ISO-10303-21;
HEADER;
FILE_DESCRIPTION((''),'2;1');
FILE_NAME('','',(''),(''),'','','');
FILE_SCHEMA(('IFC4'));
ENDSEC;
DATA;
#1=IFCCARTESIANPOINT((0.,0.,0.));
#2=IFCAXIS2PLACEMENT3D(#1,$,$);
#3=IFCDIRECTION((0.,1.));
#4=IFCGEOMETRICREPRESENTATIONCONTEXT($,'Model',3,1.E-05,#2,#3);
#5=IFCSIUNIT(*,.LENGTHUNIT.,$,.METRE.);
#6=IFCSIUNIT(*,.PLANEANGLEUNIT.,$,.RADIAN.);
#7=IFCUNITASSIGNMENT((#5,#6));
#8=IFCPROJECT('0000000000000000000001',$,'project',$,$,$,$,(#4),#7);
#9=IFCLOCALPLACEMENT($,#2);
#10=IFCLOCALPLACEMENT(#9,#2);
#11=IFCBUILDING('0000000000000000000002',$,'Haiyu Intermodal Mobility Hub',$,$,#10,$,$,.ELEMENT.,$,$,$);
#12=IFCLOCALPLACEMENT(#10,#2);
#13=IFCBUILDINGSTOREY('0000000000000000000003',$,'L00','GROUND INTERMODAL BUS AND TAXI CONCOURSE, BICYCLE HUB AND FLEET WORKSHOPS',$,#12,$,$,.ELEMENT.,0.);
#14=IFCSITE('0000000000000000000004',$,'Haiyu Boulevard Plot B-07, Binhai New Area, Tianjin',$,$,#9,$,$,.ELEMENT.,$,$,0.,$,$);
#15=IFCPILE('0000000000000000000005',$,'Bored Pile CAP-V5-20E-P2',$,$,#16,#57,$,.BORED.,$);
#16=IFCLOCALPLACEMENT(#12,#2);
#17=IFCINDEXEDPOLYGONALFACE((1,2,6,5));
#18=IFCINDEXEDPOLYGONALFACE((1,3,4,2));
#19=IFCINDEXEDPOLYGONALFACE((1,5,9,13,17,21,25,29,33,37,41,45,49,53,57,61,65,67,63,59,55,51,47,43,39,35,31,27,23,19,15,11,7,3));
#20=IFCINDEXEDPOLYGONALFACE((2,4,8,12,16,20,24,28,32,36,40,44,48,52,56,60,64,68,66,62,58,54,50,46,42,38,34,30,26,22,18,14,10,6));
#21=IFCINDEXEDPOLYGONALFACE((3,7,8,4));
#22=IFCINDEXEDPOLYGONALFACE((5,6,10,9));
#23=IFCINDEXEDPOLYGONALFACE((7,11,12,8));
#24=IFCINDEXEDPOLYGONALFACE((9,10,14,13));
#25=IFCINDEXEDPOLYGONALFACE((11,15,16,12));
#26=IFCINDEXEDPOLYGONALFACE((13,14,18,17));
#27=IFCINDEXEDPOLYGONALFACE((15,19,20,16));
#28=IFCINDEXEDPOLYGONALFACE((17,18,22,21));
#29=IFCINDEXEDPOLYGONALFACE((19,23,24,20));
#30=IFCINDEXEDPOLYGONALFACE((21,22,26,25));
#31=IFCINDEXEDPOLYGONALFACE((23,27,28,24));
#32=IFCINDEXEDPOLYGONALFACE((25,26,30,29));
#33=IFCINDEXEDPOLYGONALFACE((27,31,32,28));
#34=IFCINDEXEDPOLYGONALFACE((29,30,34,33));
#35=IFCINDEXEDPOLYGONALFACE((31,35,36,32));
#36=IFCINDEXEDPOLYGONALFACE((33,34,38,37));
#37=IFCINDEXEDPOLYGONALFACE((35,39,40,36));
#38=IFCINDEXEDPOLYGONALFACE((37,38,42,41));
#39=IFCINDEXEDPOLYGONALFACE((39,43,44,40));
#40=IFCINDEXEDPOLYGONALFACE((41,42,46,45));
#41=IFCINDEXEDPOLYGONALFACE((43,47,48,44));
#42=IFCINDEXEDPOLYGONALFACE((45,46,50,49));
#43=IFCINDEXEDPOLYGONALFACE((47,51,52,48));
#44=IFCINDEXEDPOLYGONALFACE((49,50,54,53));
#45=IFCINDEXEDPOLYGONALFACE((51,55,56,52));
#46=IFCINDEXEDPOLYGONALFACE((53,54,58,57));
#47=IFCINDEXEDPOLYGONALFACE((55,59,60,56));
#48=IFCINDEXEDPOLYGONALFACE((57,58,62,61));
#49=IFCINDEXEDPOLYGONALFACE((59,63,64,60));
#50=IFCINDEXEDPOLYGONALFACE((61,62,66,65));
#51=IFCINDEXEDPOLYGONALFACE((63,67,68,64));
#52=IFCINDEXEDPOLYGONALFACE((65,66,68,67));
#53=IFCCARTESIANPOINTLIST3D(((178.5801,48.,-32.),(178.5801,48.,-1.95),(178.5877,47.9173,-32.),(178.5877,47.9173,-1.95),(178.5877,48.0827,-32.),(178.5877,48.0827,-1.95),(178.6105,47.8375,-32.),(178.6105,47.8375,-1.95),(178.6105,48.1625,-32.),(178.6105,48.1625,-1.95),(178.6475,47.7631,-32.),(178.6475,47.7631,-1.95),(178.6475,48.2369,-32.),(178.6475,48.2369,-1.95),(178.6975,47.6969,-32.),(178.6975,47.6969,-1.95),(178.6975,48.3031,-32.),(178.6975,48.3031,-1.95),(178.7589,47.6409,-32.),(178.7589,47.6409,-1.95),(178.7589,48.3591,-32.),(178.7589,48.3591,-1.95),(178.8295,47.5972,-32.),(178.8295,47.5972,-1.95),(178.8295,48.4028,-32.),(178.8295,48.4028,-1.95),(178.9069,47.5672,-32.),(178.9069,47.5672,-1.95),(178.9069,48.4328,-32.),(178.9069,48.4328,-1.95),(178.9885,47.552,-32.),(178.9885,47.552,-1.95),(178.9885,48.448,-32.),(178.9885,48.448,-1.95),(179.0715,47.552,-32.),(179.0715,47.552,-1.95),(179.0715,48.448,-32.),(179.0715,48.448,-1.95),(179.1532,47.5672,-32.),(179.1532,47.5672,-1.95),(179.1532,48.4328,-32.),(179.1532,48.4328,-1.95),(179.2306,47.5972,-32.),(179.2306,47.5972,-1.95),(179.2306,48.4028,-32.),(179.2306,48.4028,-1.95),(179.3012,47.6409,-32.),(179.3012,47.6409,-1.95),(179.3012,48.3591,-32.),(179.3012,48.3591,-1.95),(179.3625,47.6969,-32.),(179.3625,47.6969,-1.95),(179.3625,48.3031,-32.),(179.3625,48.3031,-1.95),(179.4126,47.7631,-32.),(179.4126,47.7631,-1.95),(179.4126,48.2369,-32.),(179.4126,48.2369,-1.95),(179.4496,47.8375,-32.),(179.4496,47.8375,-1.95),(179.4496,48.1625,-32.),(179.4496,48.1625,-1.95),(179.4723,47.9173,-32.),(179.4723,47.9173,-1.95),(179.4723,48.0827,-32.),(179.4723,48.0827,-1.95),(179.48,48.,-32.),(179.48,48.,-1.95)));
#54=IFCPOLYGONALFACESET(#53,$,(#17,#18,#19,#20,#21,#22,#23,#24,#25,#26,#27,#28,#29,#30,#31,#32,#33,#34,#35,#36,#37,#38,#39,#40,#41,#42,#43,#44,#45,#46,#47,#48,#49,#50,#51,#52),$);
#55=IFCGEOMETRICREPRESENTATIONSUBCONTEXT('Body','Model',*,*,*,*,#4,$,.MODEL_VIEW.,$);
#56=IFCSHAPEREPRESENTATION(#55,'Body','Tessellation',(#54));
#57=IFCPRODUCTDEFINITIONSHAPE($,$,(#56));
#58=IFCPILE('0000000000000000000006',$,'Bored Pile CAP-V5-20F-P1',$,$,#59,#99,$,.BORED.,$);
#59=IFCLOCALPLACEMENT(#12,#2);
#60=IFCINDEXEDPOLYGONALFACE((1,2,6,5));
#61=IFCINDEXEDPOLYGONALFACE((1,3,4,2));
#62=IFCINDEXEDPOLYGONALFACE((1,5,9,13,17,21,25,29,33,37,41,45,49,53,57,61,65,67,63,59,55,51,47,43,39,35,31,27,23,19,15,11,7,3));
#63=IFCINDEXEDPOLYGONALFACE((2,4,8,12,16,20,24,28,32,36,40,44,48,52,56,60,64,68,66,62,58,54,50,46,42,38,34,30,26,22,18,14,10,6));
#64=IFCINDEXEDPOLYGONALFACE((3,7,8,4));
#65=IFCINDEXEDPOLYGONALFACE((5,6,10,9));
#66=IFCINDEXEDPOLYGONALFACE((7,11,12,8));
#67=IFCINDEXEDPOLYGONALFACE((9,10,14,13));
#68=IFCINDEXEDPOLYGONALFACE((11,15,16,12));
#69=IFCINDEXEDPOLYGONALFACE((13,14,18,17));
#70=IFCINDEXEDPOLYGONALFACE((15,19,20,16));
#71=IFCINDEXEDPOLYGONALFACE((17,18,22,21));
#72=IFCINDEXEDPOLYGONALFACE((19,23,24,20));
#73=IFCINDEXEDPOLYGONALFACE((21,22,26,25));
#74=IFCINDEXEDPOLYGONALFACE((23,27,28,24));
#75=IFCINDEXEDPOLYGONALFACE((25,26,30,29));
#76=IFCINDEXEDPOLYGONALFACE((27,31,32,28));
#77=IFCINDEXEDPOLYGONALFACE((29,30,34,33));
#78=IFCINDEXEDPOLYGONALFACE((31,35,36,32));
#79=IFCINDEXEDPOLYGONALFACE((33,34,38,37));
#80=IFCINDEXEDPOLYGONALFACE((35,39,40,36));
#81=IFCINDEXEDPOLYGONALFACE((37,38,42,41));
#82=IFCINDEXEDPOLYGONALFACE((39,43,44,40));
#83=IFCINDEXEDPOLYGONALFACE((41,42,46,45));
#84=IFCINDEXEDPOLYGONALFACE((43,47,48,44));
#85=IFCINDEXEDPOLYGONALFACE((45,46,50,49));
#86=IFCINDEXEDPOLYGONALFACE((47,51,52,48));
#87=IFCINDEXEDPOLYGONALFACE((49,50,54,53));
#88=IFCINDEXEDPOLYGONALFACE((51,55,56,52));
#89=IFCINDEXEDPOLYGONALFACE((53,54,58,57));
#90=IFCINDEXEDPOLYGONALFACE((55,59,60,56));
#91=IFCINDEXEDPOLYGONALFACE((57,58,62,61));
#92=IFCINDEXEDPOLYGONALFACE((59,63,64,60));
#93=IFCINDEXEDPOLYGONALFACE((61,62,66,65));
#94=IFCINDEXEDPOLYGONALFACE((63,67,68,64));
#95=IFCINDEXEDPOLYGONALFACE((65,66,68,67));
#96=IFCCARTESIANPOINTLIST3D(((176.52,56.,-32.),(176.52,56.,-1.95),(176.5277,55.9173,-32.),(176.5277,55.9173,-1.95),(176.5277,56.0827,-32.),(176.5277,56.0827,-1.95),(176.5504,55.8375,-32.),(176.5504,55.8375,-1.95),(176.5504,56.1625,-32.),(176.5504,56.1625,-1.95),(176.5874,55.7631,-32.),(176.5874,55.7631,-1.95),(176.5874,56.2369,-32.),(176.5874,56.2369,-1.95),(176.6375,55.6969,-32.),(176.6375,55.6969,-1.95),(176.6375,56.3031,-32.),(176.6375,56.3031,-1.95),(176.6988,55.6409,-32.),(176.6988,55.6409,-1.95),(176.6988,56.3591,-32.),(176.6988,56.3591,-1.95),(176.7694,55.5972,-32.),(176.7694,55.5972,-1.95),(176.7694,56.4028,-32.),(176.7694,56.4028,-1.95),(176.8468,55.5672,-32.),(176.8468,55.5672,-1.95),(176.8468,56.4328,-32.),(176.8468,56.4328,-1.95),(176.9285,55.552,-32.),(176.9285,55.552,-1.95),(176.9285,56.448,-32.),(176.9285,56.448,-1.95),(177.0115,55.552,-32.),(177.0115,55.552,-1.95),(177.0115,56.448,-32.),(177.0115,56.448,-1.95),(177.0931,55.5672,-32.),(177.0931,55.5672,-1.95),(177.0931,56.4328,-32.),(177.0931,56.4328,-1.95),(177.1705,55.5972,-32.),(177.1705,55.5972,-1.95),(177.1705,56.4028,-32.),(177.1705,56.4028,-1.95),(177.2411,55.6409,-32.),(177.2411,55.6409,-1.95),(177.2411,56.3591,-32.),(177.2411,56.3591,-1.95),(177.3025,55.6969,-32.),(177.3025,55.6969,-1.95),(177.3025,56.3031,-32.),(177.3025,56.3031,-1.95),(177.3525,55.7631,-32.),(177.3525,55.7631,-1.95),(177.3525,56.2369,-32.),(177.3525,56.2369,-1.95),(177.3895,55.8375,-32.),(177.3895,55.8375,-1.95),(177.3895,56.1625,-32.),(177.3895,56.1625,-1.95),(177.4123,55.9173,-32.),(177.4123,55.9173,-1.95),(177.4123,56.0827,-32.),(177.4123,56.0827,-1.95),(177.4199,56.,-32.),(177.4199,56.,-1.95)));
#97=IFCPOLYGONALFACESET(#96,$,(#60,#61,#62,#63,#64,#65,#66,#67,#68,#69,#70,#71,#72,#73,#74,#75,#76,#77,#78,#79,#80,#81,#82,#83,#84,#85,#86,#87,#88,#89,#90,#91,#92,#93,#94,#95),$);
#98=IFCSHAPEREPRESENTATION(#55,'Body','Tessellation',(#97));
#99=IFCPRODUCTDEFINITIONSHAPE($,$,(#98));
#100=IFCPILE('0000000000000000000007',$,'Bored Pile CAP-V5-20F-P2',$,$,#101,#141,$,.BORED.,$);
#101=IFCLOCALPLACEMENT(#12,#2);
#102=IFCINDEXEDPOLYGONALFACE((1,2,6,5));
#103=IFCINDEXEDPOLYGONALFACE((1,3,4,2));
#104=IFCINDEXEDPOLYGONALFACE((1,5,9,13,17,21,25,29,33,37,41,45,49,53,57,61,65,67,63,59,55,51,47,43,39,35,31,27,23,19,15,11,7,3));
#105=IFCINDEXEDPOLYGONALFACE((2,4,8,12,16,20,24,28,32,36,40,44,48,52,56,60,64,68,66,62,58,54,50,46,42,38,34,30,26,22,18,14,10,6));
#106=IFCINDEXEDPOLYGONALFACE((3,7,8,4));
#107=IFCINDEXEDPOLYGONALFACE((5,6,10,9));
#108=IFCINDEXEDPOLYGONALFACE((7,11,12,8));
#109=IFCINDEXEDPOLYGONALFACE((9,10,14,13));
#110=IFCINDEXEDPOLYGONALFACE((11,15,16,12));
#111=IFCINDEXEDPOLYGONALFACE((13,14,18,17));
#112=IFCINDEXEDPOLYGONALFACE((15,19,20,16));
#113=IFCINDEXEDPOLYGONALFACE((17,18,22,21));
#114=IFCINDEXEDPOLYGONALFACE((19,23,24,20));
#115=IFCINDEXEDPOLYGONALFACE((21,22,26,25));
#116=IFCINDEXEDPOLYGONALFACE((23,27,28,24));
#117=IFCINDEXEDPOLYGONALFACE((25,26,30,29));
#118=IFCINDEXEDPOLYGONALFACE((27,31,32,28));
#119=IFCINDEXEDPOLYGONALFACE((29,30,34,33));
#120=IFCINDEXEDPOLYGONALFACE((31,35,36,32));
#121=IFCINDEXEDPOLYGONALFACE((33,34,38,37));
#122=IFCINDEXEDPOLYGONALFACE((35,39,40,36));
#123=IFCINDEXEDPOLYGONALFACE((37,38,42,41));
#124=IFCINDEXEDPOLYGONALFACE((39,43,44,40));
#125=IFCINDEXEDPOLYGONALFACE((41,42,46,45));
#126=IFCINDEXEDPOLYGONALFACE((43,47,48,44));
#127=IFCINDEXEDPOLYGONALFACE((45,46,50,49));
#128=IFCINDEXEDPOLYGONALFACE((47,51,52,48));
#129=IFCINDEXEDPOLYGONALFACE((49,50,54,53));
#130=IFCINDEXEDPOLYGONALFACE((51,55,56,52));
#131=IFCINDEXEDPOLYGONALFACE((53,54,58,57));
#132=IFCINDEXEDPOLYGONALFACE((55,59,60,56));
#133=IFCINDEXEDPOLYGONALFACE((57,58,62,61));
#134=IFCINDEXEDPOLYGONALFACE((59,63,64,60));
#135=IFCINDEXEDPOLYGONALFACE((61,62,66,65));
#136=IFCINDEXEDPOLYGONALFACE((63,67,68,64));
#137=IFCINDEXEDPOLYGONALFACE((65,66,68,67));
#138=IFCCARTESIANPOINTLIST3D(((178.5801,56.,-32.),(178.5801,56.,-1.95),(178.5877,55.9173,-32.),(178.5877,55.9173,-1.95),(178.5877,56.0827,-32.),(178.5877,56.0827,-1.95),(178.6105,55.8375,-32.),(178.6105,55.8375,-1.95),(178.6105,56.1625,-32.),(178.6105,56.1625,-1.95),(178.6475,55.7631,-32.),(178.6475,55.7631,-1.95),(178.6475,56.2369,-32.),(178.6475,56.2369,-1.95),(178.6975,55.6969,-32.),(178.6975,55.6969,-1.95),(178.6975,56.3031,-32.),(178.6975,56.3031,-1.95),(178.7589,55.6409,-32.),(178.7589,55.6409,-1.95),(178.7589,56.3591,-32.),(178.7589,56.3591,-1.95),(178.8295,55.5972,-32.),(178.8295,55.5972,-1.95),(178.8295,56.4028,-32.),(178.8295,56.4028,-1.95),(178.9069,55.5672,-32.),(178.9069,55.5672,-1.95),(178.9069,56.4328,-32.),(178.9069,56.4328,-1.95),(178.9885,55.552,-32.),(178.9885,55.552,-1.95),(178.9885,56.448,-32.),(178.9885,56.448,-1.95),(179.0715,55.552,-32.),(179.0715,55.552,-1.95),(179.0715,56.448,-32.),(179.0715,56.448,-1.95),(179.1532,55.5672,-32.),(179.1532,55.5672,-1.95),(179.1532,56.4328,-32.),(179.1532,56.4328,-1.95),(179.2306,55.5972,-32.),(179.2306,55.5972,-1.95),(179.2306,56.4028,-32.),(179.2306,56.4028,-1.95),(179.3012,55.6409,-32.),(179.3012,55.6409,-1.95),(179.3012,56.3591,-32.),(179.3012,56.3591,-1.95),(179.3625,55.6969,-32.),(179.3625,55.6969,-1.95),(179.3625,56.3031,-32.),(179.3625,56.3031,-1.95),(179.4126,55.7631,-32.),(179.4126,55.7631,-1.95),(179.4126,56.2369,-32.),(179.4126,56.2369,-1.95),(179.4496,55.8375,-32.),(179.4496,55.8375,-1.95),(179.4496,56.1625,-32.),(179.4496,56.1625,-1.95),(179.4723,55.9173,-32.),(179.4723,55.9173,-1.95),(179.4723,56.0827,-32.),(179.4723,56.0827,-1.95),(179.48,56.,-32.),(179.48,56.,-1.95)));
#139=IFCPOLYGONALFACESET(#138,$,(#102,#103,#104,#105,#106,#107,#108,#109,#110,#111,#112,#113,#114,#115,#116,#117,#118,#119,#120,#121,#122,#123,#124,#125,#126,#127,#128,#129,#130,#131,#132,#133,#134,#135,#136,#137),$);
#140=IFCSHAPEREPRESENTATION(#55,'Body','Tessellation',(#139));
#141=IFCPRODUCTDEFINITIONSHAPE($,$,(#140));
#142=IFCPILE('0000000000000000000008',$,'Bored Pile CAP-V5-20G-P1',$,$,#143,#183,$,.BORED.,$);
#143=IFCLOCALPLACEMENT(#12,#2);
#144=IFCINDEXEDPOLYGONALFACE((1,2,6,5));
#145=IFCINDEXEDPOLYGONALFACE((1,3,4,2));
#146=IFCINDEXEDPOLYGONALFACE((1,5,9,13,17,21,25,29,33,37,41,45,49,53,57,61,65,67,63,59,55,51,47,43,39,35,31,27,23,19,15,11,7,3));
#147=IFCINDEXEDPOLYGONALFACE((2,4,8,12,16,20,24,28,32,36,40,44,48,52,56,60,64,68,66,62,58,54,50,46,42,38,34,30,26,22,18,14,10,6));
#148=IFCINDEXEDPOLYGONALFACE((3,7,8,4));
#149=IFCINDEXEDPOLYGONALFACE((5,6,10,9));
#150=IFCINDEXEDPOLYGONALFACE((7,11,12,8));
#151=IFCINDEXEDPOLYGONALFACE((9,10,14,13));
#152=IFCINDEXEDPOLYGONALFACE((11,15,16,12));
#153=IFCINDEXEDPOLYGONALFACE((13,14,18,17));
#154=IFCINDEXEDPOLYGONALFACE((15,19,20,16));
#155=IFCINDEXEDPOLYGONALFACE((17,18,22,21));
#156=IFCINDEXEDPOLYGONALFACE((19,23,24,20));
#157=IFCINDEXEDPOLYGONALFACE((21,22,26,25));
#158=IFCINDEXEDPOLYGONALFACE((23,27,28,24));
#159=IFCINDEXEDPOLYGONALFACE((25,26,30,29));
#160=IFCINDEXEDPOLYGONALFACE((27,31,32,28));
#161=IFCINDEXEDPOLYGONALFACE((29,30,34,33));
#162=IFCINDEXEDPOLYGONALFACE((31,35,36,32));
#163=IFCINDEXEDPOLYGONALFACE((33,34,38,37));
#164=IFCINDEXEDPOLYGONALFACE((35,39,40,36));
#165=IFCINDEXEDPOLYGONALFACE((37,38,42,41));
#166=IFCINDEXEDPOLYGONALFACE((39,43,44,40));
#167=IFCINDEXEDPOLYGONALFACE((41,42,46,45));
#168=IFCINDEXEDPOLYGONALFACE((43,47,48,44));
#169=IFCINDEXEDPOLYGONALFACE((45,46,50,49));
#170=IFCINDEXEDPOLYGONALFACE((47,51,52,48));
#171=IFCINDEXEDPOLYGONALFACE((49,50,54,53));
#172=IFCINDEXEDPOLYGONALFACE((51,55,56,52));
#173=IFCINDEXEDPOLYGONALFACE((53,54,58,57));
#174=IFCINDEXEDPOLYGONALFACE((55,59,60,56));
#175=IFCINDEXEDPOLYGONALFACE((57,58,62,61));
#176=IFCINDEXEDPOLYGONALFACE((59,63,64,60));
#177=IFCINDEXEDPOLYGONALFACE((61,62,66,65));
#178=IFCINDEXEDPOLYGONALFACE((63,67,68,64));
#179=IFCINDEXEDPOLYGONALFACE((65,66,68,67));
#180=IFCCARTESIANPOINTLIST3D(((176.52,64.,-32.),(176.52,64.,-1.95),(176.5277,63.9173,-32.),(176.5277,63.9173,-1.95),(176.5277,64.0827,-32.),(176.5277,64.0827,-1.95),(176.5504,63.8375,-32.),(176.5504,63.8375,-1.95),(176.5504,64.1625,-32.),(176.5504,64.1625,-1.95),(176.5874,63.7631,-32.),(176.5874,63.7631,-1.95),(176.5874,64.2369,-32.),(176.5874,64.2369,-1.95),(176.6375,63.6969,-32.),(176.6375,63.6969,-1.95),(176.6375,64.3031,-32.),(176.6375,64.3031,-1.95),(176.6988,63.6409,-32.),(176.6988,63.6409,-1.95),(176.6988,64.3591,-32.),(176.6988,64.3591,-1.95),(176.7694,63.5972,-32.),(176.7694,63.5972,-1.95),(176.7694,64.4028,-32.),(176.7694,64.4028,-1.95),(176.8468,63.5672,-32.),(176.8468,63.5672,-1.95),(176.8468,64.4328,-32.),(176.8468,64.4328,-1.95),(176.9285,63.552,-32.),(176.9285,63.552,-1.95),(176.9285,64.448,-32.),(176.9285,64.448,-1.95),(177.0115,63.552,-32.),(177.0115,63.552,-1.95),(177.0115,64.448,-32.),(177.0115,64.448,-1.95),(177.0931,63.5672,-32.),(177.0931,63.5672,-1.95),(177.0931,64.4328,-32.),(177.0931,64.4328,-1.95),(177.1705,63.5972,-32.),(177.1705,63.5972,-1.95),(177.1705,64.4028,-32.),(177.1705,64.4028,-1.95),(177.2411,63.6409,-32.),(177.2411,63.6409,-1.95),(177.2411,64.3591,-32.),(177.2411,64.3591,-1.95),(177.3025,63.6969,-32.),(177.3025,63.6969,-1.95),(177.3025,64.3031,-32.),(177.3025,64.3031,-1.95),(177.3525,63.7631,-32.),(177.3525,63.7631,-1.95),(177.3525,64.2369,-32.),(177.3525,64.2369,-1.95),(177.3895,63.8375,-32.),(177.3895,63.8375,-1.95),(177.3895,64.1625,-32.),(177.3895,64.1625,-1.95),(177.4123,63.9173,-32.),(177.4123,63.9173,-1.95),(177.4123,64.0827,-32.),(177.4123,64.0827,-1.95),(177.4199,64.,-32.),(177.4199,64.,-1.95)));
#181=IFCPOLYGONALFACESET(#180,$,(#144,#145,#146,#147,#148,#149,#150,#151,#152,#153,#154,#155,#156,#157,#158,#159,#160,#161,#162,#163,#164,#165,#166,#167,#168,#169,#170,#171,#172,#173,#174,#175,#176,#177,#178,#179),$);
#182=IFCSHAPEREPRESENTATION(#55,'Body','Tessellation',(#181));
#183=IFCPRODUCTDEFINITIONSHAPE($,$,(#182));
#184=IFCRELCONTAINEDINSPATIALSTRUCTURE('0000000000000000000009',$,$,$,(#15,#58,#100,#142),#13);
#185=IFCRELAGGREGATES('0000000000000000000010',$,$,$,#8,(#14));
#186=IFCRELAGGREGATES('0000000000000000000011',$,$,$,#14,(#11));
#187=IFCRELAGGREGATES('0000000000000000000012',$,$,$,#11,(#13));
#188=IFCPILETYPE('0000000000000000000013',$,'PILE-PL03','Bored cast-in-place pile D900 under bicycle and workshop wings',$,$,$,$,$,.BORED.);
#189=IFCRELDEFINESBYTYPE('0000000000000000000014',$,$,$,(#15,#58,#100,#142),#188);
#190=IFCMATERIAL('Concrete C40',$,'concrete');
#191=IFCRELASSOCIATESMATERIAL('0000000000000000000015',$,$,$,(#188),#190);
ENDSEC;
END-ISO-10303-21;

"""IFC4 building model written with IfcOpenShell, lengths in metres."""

from ifc_helpers import new_model, si_unit, direction, frame, origin, origin_2d, place, context, subcontext, project, spatial, circle, extrude, material, material_profile, profile_set, type_object, element, save


model = new_model("IFC4")

# Units and contexts
model_context = context("Model", 3, precision=1e-05, world=origin(), true_north=direction((0.0, 1.0)))
body_context = subcontext(model_context, "Body", "Model", "MODEL_VIEW")
ifc_project = project(units=[si_unit("LENGTHUNIT", "METRE"), si_unit("PLANEANGLEUNIT", "RADIAN")], contexts=[model_context])

# Site, building, storey
site_placement = place(None, origin())
site = spatial("IfcSite", under=ifc_project, at=site_placement, Name="Haiyu Boulevard Plot B-07, Binhai New Area, Tianjin", CompositionType="ELEMENT", RefElevation=0.0)
building_placement = place(site_placement, origin())
building = spatial("IfcBuilding", under=site, at=building_placement, Name="Haiyu Intermodal Mobility Hub", CompositionType="ELEMENT")
storey_placement = place(building_placement, origin())
storey = spatial("IfcBuildingStorey", under=building, at=storey_placement, Name="L00", Description="GROUND INTERMODAL BUS AND TAXI CONCOURSE, BICYCLE HUB AND FLEET WORKSHOPS", CompositionType="ELEMENT", Elevation=0.0)

# Shared definitions
ifc_material = material(Name="Concrete C40", Category="concrete")

# Piles
ifc_material_profile_1 = material_profile(ifc_material, circle(Radius=0.45, at=origin_2d()), Name="PILE-D900")
ifc_profile_set_1 = profile_set([ifc_material_profile_1], Name="Concrete C40")
pile_type = type_object("IfcPileType", Name="PILE-PL03", Description="Bored cast-in-place pile D900 under bicycle and workshop wings", PredefinedType="BORED", material=ifc_profile_set_1)
for number, where, z_axis, x_axis, name in (
    (1, (179.03, 48.0, -1.95), (0.0, 0.0, -1.0), (1.0, 0.0, 0.0), "Bored Pile CAP-V5-20E-P2"),
    (2, (176.97, 56.0, -1.95), (0.0, 0.0, -1.0), (1.0, 0.0, 0.0), "Bored Pile CAP-V5-20F-P1"),
    (3, (179.03, 56.0, -1.95), (0.0, 0.0, -1.0), (1.0, 0.0, 0.0), "Bored Pile CAP-V5-20F-P2"),
    (4, (176.97, 64.0, -1.95), (0.0, 0.0, -1.0), (1.0, 0.0, 0.0), "Bored Pile CAP-V5-20G-P1"),
):
    element("IfcPile", number, at=place(storey_placement, frame(where, z_axis=z_axis, x_axis=x_axis)), inside=storey, type_object=pile_type, Name=name, PredefinedType="BORED", context=body_context, shape_type="SweptSolid", body=[
        extrude(circle(Radius=0.45, at=origin_2d()), origin(), (0.0, 0.0, 1.0), 30.05),
    ])

save(model, "model.ifc")
